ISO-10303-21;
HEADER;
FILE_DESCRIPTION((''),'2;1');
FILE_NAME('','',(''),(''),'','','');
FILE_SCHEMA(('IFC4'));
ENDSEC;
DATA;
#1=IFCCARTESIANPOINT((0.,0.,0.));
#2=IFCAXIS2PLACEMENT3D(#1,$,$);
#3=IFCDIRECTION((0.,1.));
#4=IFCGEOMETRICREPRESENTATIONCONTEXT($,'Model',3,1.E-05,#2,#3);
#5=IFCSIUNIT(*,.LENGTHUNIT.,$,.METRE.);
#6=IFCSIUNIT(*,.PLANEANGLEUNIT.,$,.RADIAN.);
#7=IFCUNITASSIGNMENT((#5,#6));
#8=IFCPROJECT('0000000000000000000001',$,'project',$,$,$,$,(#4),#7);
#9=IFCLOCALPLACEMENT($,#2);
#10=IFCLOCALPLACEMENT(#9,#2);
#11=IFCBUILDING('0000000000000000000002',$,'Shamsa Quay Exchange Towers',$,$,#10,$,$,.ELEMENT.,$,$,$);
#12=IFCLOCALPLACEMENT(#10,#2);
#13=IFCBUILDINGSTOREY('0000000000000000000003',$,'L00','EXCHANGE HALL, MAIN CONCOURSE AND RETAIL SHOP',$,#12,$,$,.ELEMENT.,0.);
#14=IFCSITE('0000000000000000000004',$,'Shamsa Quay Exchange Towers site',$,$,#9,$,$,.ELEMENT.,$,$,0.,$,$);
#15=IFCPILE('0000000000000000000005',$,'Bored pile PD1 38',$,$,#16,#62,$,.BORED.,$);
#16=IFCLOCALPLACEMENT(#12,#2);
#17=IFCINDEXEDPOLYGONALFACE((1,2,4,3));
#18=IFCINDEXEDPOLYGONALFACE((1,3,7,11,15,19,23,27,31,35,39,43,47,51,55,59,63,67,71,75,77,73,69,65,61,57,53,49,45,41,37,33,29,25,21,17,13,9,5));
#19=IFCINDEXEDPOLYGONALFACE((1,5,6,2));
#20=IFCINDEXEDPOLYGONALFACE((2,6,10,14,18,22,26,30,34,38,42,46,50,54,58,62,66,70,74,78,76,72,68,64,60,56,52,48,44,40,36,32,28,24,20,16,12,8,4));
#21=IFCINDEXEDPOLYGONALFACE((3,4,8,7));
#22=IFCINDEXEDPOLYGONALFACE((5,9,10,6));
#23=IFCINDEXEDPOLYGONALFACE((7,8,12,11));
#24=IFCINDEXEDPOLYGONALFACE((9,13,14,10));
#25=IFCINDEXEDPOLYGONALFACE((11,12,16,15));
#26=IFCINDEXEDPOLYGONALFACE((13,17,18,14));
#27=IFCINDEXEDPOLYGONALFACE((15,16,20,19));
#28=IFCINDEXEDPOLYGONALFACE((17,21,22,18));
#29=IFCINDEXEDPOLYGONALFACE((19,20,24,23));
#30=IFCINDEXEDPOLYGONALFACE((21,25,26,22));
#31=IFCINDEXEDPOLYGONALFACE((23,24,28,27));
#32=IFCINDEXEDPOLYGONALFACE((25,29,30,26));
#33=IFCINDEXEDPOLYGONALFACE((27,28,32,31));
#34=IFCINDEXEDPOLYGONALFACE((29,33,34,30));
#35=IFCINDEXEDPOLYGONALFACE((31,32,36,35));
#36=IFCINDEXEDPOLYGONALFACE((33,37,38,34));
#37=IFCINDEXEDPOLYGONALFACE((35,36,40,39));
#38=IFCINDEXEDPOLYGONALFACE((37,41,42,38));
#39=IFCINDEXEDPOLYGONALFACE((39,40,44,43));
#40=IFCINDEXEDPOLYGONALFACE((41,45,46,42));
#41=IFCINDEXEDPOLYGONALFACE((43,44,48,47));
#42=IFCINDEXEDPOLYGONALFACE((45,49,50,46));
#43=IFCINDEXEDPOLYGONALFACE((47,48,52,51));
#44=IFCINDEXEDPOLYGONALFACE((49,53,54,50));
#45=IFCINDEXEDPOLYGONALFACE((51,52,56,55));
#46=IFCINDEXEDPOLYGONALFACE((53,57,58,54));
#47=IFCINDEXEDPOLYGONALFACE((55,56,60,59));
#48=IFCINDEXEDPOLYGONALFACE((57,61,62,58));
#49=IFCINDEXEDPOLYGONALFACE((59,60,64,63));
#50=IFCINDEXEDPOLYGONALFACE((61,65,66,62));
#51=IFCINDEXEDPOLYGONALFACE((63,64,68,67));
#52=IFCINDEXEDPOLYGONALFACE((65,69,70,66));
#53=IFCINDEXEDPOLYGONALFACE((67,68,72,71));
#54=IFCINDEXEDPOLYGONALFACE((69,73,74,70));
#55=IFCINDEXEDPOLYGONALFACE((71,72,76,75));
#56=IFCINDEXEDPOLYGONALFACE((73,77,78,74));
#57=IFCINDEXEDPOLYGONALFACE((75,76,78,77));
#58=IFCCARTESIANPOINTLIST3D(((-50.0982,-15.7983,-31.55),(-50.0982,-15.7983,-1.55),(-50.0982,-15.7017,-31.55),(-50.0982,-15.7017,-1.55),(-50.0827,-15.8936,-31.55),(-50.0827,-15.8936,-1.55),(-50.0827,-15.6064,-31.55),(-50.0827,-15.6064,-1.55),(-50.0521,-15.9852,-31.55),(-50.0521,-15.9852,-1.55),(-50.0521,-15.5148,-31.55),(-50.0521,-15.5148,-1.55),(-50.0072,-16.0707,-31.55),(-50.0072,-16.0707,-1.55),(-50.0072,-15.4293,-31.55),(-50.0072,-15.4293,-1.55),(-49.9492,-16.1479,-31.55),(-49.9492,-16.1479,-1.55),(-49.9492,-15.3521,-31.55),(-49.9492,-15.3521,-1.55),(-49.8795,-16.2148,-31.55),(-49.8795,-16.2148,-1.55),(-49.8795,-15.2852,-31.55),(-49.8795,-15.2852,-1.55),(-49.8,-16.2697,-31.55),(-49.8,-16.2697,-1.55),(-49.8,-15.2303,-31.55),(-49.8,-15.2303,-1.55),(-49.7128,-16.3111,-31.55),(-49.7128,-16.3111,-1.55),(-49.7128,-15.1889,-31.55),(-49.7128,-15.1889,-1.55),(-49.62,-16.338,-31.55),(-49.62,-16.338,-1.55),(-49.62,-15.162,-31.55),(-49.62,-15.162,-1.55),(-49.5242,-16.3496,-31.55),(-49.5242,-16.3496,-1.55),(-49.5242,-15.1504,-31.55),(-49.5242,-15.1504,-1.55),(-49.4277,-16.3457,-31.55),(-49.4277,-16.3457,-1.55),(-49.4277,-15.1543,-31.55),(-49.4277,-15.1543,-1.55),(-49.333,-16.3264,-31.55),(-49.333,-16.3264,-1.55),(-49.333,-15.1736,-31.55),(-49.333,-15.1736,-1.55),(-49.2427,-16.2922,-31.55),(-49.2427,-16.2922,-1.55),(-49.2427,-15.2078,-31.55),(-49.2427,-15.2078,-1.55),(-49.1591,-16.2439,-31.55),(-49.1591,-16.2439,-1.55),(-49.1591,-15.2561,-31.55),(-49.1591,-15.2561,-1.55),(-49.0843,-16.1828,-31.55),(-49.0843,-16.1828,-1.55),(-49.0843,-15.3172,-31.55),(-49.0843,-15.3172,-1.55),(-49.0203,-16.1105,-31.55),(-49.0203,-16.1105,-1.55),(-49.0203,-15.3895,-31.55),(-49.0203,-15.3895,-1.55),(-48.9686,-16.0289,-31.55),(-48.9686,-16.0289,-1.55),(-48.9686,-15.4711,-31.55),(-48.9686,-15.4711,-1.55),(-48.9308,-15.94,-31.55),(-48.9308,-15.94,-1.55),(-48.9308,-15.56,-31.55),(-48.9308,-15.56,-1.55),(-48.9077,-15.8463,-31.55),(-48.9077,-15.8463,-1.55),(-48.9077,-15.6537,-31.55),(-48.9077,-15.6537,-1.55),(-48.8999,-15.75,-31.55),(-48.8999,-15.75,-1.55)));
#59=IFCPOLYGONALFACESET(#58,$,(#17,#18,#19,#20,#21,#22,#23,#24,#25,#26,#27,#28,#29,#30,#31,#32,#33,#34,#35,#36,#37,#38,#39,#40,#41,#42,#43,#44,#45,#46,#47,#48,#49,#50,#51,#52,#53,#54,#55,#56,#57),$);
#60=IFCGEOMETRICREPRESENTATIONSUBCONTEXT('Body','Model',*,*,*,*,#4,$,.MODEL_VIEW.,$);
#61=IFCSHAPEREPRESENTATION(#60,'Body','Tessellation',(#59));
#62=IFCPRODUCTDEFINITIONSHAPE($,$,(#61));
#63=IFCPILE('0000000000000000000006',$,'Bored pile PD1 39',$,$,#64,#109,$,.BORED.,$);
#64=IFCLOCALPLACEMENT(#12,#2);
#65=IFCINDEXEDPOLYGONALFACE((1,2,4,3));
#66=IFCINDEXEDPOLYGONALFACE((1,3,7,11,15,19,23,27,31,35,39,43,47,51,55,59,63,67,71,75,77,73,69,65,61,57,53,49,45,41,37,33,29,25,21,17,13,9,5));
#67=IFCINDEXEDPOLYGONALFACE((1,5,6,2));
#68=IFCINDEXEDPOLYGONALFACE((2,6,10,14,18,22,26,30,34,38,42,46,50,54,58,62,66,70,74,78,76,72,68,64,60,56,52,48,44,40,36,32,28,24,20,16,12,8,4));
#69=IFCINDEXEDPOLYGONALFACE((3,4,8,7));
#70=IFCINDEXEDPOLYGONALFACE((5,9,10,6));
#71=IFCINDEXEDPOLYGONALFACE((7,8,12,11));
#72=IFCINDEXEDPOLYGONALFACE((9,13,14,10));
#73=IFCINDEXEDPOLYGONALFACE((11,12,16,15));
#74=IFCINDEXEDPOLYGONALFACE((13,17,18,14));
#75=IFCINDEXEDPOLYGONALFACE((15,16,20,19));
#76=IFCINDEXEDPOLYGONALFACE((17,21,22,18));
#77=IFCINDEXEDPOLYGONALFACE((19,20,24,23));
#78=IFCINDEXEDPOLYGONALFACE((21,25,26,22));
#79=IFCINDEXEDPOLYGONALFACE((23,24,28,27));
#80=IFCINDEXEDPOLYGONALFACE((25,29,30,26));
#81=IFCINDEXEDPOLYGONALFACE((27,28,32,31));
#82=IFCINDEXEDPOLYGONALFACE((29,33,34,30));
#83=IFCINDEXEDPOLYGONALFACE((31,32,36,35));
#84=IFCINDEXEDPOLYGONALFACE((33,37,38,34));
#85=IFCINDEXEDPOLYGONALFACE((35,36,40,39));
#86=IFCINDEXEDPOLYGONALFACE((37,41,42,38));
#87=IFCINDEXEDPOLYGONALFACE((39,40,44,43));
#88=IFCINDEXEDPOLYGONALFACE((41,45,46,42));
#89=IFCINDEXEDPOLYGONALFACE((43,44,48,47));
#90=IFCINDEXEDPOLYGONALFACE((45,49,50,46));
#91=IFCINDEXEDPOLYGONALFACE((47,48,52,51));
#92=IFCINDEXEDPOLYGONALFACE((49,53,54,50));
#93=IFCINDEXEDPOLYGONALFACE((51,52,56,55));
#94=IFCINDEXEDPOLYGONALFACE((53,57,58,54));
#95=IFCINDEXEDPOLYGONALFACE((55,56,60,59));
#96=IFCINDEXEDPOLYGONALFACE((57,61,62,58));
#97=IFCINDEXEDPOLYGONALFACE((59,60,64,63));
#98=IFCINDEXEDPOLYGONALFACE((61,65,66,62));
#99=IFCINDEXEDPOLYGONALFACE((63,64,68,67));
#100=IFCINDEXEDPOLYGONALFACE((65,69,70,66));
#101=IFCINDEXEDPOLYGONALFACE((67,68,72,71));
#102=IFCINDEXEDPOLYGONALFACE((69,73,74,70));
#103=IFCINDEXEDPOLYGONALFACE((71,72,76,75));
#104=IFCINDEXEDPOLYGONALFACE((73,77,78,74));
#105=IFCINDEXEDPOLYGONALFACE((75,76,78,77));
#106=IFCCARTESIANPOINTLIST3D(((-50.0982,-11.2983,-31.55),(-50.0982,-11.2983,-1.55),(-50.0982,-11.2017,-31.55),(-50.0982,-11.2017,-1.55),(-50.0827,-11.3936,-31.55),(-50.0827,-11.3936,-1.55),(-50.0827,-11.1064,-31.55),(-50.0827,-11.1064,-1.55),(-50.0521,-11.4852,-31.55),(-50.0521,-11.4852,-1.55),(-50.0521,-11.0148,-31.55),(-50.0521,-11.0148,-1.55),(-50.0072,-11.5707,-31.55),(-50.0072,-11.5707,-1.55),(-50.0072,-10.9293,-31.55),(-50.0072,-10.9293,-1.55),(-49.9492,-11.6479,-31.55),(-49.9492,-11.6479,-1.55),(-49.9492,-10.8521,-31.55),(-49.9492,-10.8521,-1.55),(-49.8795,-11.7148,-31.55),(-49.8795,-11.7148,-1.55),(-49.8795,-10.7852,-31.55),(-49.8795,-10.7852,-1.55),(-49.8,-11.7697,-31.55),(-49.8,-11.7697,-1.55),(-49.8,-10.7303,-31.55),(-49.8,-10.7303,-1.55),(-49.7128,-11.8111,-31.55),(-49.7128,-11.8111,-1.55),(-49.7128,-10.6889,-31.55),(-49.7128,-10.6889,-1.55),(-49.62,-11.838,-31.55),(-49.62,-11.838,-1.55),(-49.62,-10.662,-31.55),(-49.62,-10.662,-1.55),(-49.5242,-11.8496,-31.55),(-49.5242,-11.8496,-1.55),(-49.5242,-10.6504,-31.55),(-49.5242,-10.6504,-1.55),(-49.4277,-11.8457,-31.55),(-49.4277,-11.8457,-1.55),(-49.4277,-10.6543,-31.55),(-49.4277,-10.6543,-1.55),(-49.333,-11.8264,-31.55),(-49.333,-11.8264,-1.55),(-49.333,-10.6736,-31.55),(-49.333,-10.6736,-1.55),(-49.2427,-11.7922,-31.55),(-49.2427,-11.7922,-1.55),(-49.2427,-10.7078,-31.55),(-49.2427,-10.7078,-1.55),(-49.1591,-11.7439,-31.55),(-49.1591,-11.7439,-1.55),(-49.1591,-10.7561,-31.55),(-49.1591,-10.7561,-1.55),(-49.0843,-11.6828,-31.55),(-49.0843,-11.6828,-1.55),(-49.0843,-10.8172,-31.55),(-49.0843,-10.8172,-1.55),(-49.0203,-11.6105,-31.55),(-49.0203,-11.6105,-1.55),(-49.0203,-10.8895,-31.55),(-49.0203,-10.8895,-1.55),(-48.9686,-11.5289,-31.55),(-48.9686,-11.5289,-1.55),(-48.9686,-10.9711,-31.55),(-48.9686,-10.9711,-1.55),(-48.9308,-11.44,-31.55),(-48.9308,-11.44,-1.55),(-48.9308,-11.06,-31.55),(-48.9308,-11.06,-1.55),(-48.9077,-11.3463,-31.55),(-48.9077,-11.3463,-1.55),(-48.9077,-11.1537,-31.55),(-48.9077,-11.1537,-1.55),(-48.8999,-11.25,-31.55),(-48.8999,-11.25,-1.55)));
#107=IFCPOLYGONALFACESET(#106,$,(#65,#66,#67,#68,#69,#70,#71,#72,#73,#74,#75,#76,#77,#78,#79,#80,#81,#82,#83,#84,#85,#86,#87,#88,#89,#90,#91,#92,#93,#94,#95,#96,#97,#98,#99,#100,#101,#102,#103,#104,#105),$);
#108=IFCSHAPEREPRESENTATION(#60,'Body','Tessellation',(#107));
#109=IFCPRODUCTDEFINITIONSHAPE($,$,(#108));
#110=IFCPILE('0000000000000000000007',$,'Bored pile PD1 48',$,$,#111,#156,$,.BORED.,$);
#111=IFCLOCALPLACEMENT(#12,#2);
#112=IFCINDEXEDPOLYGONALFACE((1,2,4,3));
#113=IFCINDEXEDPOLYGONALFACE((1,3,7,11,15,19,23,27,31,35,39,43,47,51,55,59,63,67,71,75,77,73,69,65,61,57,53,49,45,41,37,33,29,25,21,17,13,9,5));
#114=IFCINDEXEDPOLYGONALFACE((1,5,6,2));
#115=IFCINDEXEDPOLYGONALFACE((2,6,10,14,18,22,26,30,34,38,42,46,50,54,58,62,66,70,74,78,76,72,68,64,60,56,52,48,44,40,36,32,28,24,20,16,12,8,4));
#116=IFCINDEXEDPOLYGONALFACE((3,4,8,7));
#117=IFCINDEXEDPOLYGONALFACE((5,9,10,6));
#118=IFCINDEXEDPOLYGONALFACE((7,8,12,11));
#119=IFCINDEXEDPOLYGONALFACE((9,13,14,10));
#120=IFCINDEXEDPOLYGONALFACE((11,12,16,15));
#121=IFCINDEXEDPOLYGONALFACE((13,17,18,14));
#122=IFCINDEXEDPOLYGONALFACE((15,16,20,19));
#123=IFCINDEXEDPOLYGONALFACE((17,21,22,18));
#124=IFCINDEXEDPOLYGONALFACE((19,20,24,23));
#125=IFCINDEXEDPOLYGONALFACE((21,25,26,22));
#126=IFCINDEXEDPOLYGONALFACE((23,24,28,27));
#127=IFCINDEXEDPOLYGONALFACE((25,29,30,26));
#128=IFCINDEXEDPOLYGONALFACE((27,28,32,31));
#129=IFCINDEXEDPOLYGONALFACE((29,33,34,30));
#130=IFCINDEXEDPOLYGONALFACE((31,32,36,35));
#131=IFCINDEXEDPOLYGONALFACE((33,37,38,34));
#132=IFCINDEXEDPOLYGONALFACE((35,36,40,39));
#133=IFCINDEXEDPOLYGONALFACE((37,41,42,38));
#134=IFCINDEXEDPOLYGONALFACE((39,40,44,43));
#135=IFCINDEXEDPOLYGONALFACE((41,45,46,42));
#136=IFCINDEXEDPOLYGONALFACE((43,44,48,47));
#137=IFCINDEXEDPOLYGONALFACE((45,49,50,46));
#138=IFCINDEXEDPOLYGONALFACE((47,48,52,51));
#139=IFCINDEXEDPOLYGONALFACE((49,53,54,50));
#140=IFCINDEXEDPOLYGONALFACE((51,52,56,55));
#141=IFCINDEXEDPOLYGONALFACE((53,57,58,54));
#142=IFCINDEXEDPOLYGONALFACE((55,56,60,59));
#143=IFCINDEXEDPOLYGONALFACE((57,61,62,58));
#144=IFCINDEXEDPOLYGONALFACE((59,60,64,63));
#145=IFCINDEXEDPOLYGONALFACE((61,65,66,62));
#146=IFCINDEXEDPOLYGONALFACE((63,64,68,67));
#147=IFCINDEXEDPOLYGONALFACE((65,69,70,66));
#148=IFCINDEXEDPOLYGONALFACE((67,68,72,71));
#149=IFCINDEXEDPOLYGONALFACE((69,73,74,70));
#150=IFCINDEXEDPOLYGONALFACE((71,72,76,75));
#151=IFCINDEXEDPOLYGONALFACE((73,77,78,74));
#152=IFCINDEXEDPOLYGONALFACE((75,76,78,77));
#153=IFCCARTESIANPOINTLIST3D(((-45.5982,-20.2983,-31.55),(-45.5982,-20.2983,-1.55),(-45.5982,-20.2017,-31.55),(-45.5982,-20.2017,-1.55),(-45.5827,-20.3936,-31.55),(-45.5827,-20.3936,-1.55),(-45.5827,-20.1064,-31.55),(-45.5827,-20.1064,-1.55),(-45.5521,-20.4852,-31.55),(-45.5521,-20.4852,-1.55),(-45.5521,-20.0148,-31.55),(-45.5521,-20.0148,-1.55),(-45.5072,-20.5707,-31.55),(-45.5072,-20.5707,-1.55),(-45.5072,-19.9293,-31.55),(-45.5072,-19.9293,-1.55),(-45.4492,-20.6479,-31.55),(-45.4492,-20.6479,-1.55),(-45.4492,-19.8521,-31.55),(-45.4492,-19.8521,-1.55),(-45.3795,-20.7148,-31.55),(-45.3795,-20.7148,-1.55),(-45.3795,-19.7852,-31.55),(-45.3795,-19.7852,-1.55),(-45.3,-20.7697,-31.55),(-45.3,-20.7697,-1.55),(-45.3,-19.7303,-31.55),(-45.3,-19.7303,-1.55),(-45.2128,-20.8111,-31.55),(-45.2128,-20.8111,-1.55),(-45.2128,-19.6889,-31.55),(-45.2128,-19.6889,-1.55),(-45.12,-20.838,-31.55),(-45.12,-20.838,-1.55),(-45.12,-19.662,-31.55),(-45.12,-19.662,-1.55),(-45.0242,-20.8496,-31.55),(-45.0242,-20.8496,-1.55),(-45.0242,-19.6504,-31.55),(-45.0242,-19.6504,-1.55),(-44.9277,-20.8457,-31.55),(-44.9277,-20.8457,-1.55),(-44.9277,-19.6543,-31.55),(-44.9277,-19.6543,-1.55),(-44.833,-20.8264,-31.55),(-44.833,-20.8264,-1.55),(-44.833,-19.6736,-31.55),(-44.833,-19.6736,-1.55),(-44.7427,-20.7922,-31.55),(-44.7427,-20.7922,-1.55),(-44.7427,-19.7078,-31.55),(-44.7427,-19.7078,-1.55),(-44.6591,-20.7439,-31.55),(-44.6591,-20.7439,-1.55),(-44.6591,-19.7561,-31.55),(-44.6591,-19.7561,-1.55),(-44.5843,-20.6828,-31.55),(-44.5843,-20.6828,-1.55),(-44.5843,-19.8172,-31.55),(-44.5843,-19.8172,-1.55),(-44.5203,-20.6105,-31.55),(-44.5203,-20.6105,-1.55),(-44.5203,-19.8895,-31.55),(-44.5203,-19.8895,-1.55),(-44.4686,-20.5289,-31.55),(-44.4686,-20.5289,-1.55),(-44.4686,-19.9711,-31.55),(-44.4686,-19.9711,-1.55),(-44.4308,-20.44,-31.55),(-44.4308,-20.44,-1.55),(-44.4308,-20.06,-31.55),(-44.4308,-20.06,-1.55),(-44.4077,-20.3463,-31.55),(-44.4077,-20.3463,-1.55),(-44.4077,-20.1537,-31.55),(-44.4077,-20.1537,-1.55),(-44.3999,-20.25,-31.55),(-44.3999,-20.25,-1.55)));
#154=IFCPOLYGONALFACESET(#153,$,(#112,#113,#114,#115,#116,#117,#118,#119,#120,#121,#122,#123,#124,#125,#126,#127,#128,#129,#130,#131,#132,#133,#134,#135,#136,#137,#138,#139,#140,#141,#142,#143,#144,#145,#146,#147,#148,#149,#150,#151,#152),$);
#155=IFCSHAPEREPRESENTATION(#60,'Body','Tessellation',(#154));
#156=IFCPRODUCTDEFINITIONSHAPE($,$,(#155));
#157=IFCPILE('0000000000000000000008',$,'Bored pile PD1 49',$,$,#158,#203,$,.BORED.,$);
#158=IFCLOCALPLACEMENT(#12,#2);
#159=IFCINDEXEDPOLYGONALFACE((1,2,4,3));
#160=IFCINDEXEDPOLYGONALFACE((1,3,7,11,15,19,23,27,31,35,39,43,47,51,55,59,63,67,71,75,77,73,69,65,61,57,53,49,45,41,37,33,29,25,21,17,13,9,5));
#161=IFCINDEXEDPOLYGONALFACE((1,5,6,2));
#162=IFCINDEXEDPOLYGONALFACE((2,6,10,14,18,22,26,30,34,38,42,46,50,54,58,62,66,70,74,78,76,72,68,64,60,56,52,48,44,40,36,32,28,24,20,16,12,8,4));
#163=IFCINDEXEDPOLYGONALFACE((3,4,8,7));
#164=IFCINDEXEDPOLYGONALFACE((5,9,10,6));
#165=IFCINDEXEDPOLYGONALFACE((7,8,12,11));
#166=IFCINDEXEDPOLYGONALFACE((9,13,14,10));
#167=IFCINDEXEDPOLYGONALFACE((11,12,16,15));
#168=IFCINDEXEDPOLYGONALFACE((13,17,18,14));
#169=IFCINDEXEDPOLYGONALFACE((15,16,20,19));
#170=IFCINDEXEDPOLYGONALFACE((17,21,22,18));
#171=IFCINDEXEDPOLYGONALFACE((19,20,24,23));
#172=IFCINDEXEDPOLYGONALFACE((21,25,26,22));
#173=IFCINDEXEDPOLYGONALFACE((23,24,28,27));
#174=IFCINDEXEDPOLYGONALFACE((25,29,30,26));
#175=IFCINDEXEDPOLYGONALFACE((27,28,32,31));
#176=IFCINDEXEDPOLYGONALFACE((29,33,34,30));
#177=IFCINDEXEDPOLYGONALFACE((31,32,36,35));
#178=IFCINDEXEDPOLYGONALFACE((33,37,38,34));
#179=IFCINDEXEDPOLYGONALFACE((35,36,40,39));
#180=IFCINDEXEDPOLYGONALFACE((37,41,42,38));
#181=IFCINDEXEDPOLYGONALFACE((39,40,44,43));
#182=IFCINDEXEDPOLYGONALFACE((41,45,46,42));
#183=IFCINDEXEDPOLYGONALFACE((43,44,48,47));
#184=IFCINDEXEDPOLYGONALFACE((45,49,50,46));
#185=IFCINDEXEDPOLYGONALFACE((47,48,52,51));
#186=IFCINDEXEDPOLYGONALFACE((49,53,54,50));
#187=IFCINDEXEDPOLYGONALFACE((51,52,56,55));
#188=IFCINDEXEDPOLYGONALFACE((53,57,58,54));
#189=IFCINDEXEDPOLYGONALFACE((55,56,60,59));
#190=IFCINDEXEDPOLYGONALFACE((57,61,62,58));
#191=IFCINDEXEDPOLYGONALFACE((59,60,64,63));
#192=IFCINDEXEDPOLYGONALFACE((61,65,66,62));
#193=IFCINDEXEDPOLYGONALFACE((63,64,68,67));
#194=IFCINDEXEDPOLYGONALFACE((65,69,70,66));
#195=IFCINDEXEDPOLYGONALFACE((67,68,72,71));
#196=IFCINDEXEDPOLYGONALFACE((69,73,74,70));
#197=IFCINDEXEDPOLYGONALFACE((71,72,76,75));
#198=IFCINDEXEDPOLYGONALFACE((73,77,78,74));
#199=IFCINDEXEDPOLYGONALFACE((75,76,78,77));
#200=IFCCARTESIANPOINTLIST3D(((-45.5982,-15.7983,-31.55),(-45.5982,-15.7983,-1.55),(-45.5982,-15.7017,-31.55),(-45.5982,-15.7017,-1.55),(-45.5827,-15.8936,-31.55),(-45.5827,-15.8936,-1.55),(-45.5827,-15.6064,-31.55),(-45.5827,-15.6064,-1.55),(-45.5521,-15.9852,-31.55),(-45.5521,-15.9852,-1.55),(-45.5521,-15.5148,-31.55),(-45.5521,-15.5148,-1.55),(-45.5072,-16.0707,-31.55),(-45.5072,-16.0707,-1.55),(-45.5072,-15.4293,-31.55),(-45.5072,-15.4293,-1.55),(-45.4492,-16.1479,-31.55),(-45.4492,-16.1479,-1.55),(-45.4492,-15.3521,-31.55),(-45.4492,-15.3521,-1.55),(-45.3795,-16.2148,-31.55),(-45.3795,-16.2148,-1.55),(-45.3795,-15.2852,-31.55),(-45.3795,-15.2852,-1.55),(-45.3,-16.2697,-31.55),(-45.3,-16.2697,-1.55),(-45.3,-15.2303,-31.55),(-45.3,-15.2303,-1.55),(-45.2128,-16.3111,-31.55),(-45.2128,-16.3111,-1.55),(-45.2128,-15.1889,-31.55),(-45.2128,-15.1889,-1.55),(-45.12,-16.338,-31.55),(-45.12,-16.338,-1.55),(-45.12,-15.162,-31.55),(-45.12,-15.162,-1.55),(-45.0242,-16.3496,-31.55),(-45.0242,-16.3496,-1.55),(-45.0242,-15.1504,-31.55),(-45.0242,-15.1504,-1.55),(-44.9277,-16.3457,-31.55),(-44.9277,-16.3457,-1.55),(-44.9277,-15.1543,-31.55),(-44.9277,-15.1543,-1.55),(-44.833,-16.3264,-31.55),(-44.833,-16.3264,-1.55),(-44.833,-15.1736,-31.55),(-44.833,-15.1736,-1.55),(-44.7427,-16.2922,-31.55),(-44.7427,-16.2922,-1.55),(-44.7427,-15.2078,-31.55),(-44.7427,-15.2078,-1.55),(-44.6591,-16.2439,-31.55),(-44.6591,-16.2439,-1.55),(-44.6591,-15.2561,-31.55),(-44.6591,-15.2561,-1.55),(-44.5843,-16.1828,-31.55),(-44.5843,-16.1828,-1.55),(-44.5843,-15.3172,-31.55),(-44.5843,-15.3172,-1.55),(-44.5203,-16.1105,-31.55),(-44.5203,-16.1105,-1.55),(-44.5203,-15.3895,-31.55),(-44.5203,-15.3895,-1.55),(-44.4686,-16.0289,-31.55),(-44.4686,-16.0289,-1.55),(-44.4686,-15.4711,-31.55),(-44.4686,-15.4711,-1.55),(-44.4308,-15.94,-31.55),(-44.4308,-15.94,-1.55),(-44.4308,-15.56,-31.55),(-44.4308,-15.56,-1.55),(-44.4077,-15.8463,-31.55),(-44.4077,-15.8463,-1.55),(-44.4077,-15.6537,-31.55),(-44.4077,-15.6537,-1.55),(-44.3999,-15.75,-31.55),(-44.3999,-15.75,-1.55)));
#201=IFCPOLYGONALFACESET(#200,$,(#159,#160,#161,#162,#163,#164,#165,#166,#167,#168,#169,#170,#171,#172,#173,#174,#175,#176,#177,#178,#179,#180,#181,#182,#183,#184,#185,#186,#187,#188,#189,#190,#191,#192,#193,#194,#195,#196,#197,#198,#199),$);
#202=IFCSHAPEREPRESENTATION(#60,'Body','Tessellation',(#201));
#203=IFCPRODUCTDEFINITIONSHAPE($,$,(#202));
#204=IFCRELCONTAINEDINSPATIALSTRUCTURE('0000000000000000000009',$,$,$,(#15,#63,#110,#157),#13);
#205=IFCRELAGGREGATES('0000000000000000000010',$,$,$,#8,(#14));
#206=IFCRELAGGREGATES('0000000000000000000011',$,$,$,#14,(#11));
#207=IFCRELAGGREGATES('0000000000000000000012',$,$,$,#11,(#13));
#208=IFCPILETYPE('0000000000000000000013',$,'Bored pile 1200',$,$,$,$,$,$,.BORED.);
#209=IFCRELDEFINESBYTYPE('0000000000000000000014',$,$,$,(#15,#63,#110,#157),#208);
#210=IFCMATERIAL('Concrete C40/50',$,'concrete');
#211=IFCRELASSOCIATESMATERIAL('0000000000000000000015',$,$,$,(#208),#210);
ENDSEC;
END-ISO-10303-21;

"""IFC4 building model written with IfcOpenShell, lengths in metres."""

from ifc_helpers import new_model, si_unit, direction, frame, origin, origin_2d, place, context, subcontext, project, spatial, circle, extrude, material, material_profile, profile_set, type_object, element, save


model = new_model("IFC4")

# Units and contexts
model_context = context("Model", 3, precision=1e-05, world=origin(), true_north=direction((0.0, 1.0)))
body_context = subcontext(model_context, "Body", "Model", "MODEL_VIEW")
ifc_project = project(units=[si_unit("LENGTHUNIT", "METRE"), si_unit("PLANEANGLEUNIT", "RADIAN")], contexts=[model_context])

# Site, building, storey
site_placement = place(None, origin())
site = spatial("IfcSite", under=ifc_project, at=site_placement, Name="Shamsa Quay Exchange Towers site", CompositionType="ELEMENT", RefElevation=0.0)
building_placement = place(site_placement, origin())
building = spatial("IfcBuilding", under=site, at=building_placement, Name="Shamsa Quay Exchange Towers", CompositionType="ELEMENT")
storey_placement = place(building_placement, origin())
storey = spatial("IfcBuildingStorey", under=building, at=storey_placement, Name="L00", Description="EXCHANGE HALL, MAIN CONCOURSE AND RETAIL SHOP", CompositionType="ELEMENT", Elevation=0.0)

# Piles
ifc_material_1 = material(Name="Concrete C40/50", Category="concrete")
ifc_material_profile_1 = material_profile(ifc_material_1, circle(Radius=0.6001, at=origin_2d()), Name="BP1200")
ifc_profile_set_1 = profile_set([ifc_material_profile_1], Name="Concrete C40/50")
pile_type_1 = type_object("IfcPileType", Name="Bored pile 1200", PredefinedType="BORED", material=ifc_profile_set_1)
for number, where, z_axis, x_axis, name in (
    (1, (-49.5, -15.75, -1.55), (0.0, 0.0, -1.0), (1.0, 0.0, 0.0), "Bored pile PD1 38"),
    (2, (-49.5, -11.25, -1.55), (0.0, 0.0, -1.0), (1.0, 0.0, 0.0), "Bored pile PD1 39"),
    (3, (-45.0, -20.25, -1.55), (0.0, 0.0, -1.0), (1.0, 0.0, 0.0), "Bored pile PD1 48"),
    (4, (-45.0, -15.75, -1.55), (0.0, 0.0, -1.0), (1.0, 0.0, 0.0), "Bored pile PD1 49"),
):
    element("IfcPile", number, at=place(storey_placement, frame(where, z_axis=z_axis, x_axis=x_axis)), inside=storey, type_object=pile_type_1, Name=name, PredefinedType="BORED", context=body_context, shape_type="SweptSolid", body=[
        extrude(circle(Radius=0.6001, at=origin_2d()), origin(), (0.0, 0.0, 1.0), 30.0),
    ])

save(model, "model.ifc")
